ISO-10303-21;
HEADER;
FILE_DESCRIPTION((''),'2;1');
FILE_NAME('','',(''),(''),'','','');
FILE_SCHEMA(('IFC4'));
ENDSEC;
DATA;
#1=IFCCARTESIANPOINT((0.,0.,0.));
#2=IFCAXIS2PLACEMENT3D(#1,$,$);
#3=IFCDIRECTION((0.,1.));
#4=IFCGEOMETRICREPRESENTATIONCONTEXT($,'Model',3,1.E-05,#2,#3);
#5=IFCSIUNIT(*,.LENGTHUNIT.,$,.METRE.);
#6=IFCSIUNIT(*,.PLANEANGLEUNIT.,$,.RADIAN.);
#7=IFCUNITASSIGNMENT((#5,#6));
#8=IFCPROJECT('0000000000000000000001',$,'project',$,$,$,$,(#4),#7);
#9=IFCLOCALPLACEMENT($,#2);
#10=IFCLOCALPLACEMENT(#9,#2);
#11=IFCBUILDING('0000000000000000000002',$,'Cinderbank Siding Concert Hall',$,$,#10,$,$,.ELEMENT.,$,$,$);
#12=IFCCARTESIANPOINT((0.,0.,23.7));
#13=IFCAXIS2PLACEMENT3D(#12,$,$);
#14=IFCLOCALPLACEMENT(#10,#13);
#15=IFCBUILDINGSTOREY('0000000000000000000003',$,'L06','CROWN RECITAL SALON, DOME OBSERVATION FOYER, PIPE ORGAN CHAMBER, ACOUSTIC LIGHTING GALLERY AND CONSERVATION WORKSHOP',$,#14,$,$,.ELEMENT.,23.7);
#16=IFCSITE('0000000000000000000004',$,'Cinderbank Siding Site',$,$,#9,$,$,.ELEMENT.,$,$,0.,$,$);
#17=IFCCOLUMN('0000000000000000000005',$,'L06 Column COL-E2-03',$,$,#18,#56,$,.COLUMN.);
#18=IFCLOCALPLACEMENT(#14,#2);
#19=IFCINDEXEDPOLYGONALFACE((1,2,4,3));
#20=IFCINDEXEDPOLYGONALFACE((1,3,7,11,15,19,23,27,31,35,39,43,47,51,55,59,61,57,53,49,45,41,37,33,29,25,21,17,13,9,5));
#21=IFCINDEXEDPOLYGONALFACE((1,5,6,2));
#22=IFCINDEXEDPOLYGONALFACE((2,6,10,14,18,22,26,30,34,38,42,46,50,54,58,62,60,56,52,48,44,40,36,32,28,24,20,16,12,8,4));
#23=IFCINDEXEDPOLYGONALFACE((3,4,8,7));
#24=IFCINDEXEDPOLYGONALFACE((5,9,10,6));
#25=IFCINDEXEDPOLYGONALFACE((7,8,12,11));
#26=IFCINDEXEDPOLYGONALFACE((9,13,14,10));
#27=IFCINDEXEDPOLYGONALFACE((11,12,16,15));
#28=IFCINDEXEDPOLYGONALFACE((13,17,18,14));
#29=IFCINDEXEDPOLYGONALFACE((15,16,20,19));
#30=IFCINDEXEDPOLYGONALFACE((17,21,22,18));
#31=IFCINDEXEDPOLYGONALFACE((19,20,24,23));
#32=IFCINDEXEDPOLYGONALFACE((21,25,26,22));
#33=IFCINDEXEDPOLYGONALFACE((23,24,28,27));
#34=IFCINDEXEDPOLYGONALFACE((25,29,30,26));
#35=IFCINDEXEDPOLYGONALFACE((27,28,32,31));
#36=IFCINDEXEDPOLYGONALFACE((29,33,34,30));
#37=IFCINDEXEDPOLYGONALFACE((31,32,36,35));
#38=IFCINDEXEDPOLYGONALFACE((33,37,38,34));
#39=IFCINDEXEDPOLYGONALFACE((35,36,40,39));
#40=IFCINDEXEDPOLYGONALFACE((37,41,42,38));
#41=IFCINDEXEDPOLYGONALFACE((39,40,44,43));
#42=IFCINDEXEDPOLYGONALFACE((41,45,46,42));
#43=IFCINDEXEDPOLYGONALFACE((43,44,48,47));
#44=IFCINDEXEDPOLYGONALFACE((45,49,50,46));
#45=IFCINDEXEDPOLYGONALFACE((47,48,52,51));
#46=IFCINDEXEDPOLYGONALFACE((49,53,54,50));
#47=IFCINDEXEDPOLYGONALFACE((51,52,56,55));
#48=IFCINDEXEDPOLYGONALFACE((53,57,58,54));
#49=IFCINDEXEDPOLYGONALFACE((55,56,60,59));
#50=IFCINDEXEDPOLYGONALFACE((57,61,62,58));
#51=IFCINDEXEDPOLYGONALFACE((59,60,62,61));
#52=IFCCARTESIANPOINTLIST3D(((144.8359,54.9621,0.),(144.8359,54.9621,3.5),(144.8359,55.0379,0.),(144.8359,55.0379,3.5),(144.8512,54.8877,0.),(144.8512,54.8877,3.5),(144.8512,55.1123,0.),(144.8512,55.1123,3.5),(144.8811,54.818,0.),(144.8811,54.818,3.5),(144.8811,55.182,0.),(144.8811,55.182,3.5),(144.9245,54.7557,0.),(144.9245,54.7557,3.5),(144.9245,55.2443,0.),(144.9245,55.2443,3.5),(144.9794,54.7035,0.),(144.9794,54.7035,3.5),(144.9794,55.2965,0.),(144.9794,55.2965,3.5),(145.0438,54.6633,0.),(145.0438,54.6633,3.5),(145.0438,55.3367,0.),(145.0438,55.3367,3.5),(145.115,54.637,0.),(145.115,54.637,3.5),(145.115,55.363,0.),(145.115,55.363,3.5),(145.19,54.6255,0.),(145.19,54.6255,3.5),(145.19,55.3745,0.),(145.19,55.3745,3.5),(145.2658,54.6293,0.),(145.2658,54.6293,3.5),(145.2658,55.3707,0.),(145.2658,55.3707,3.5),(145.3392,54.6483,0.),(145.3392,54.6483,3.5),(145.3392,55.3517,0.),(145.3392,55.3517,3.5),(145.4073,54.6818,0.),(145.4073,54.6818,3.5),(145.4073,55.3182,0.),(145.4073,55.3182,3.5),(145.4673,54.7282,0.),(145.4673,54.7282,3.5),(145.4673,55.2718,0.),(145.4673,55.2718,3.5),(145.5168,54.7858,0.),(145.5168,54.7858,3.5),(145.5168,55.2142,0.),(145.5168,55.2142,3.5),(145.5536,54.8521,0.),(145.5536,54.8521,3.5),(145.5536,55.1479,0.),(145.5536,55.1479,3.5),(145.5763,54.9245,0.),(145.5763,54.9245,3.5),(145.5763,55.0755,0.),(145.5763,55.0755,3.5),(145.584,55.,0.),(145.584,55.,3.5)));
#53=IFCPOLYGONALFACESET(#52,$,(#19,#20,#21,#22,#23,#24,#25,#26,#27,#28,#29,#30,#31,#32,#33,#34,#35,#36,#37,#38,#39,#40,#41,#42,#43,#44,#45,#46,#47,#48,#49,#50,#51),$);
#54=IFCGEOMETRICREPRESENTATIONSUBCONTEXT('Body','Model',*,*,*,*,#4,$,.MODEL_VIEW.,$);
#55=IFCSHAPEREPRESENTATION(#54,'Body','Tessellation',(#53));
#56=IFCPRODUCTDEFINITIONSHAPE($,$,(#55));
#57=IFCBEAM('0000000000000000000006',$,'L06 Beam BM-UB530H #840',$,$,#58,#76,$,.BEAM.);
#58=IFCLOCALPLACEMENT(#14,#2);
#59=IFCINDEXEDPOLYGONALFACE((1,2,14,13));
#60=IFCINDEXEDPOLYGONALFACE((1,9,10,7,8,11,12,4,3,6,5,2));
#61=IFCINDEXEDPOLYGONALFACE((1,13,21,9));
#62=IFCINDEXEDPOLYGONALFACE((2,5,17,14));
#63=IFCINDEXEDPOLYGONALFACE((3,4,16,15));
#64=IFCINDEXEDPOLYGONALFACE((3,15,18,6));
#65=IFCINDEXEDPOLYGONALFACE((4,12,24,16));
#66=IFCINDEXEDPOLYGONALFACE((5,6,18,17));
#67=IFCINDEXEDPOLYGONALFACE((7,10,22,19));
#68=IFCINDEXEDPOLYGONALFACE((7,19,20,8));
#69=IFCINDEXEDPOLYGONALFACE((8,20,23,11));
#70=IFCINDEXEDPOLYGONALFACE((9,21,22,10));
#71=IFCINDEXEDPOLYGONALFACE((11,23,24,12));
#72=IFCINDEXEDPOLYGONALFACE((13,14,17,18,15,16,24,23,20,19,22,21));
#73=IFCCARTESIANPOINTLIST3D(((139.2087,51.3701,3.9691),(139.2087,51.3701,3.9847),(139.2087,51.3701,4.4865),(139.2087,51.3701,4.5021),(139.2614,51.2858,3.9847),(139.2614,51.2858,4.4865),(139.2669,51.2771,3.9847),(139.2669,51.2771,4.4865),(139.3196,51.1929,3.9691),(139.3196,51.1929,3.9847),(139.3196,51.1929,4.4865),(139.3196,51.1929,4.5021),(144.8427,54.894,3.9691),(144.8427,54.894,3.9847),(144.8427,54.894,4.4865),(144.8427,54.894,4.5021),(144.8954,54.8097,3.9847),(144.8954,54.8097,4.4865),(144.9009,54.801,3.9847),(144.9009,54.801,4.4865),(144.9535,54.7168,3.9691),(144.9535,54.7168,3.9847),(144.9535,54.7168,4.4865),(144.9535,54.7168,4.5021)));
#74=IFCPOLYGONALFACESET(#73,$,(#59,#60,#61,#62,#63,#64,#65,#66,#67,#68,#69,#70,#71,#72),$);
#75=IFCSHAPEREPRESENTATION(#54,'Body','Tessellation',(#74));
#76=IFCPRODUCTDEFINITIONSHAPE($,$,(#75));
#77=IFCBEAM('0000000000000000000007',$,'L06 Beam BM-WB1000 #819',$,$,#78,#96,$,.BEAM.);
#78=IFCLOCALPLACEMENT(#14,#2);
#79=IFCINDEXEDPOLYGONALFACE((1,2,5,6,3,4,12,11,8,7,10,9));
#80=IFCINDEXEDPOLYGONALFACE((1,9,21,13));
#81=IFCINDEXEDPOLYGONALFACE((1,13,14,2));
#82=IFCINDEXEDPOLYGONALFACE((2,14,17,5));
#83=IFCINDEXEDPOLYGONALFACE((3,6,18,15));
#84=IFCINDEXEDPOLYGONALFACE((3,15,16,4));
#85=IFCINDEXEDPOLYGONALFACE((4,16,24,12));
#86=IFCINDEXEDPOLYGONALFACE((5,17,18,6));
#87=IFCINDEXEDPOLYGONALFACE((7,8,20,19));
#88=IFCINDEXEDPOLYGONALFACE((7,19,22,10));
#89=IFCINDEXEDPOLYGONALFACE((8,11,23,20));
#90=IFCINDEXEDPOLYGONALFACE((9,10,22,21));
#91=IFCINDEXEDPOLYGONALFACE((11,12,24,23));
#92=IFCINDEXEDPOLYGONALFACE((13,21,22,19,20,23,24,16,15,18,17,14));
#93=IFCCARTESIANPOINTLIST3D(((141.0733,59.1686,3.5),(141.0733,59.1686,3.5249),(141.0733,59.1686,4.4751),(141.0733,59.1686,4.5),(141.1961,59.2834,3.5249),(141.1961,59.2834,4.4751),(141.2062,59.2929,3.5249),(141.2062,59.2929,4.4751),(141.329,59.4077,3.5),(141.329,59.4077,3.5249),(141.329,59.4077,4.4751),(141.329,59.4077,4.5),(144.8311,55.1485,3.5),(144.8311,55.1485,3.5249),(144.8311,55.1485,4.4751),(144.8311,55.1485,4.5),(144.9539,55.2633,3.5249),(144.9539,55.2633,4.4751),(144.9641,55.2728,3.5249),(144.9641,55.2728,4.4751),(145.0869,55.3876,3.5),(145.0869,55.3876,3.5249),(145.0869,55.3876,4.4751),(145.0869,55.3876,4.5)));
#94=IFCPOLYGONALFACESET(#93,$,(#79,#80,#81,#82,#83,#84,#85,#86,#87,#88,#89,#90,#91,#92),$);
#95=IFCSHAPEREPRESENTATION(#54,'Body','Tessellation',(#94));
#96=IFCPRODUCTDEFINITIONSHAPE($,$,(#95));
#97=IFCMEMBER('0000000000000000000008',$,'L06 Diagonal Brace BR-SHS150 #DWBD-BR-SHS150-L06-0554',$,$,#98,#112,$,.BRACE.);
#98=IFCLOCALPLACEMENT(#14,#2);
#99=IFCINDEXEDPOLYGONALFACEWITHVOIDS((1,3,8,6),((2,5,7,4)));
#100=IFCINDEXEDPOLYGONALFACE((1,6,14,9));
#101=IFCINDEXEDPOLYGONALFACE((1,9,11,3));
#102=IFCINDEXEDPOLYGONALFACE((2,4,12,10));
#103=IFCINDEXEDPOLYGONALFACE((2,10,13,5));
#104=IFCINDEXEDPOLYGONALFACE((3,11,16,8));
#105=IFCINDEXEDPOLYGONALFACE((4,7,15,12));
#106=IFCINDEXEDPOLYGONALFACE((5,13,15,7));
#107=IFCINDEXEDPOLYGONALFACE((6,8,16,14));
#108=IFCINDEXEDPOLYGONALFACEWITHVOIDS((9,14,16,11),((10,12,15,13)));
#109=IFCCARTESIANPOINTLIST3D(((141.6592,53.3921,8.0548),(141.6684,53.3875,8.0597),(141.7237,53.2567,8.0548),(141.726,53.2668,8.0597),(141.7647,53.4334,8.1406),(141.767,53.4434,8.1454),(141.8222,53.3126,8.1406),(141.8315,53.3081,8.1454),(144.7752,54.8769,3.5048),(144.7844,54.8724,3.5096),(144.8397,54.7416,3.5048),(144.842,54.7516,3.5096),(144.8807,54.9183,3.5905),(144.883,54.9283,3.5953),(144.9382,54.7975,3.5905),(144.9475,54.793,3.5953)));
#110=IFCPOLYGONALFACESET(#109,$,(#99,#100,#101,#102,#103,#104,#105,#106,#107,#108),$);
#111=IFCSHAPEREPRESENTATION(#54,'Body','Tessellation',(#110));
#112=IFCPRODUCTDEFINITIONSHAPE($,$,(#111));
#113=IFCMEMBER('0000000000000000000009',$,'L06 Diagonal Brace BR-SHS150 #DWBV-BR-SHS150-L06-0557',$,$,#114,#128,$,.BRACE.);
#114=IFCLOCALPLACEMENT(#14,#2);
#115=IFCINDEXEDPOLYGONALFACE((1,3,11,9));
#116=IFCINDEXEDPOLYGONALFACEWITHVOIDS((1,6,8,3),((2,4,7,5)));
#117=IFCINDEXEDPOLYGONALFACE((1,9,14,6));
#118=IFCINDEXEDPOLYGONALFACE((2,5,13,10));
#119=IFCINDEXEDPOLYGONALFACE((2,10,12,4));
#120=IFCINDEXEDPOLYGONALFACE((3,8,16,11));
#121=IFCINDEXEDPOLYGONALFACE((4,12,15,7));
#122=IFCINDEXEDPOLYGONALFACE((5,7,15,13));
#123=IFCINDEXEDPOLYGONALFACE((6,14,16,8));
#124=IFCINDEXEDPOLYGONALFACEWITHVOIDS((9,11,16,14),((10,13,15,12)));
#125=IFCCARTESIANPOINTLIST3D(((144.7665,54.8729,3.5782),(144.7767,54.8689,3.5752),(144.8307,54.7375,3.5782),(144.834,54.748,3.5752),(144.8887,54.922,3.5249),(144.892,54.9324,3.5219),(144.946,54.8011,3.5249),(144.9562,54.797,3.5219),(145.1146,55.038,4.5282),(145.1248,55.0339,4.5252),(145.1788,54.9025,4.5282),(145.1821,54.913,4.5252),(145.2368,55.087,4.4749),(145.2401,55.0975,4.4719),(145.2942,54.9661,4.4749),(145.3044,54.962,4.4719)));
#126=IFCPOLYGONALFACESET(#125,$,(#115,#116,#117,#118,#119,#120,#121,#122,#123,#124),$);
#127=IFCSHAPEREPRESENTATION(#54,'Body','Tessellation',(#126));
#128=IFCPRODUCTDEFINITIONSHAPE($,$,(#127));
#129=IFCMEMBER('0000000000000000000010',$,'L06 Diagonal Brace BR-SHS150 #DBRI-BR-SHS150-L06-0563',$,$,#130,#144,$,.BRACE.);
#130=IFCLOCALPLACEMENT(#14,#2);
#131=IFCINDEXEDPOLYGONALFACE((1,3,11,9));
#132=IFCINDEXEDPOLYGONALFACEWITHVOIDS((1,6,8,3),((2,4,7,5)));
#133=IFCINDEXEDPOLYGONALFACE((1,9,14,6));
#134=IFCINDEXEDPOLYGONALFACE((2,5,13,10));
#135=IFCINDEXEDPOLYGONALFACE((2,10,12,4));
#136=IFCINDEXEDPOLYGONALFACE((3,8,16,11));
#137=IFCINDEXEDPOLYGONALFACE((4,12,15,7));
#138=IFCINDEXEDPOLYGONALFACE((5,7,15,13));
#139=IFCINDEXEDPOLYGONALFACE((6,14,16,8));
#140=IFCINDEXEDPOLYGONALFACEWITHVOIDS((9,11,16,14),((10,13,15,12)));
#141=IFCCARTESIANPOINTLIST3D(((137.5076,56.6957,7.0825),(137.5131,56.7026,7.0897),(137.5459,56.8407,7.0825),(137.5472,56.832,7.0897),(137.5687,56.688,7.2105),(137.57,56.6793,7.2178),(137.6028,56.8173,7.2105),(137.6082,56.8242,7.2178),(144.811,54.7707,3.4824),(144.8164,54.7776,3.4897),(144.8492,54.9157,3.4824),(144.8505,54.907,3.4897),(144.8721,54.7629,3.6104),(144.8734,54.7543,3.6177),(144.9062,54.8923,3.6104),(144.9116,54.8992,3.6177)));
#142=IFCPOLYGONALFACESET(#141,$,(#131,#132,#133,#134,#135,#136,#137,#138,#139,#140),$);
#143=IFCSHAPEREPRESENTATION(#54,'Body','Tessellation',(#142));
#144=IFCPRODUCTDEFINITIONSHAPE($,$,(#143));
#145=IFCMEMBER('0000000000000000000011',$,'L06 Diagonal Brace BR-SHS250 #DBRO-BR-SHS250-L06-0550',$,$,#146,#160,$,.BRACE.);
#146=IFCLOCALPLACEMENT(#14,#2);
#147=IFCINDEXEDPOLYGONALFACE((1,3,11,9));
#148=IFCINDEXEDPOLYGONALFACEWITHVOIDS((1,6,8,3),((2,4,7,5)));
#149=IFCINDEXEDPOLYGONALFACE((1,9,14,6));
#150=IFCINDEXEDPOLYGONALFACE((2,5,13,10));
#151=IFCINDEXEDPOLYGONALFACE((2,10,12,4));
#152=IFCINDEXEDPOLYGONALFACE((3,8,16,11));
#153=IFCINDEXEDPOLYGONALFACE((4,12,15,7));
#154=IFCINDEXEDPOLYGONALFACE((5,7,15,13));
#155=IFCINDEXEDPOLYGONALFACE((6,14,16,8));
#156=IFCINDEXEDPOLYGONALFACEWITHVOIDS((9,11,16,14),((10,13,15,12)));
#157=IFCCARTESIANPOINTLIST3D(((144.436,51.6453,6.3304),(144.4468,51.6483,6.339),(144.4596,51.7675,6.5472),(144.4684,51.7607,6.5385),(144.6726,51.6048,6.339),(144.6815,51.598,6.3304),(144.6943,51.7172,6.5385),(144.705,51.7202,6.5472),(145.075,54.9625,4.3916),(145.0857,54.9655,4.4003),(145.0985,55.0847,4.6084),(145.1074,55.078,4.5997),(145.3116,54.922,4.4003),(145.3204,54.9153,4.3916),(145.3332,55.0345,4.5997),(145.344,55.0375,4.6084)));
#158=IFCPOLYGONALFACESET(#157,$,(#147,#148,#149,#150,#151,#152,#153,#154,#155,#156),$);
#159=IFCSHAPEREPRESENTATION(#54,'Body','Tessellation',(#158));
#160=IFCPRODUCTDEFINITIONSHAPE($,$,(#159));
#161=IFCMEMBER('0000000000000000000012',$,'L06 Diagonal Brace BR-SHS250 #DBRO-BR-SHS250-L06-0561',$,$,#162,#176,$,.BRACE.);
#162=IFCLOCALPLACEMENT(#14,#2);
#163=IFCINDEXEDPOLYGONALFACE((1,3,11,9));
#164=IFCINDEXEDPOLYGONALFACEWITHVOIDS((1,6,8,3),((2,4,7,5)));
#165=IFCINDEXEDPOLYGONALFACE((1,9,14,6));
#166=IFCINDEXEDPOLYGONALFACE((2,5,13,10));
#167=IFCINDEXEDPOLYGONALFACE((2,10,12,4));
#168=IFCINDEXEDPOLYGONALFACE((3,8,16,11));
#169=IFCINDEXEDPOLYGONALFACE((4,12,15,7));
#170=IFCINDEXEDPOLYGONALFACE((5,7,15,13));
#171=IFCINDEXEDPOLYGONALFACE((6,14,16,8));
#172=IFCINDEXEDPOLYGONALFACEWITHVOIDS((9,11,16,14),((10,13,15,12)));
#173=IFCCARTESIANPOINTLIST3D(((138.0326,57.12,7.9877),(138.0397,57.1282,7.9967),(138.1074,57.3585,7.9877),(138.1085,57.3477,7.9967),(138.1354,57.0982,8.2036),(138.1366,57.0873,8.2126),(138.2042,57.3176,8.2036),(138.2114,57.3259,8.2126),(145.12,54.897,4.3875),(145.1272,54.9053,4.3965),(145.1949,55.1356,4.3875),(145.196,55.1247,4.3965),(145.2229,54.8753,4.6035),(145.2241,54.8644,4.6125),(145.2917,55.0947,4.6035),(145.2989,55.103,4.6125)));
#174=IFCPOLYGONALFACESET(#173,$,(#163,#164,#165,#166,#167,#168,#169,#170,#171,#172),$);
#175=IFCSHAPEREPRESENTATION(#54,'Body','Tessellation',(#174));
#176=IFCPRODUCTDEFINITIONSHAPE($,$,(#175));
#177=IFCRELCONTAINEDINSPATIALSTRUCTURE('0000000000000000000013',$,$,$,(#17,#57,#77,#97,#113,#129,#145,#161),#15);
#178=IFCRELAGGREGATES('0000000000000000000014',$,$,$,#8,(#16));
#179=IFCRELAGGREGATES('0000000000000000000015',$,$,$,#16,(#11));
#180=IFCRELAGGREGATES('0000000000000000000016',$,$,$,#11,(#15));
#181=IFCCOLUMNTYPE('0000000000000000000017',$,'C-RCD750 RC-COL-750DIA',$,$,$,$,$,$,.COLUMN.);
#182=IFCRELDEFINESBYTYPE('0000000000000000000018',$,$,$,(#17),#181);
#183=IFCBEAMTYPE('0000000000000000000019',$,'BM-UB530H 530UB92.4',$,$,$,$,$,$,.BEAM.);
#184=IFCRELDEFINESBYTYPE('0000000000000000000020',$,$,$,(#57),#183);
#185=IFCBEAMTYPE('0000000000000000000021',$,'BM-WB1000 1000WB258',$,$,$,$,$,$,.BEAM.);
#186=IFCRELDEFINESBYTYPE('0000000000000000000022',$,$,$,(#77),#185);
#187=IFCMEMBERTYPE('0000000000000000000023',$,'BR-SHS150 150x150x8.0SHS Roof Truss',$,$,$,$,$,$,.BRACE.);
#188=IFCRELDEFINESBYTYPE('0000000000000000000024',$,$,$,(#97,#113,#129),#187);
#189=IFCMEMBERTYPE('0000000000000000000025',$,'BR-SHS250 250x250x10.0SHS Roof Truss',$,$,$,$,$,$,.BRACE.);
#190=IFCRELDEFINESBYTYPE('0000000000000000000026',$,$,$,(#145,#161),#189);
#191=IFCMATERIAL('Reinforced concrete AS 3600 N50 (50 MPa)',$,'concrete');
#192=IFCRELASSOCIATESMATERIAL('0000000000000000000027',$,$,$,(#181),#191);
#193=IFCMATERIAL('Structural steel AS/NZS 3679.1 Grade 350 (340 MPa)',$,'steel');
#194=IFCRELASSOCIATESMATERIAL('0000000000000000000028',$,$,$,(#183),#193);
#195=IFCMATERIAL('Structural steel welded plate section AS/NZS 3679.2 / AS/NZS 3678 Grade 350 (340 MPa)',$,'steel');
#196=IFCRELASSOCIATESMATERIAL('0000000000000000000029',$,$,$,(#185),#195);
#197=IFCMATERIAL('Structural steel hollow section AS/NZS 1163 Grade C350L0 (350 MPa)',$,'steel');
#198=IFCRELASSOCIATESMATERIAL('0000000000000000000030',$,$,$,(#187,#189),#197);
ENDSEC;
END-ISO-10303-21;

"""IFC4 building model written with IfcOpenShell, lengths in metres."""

from ifc_helpers import new_model, si_unit, direction, frame, origin, origin_2d, place, context, subcontext, project, spatial, hollow_rectangle, circle, i_section, extrude, material, material_profile, profile_set, type_object, element, save


model = new_model("IFC4")

# Units and contexts
model_context = context("Model", 3, precision=1e-05, world=origin(), true_north=direction((0.0, 1.0)))
body_context = subcontext(model_context, "Body", "Model", "MODEL_VIEW")
ifc_project = project(units=[si_unit("LENGTHUNIT", "METRE"), si_unit("PLANEANGLEUNIT", "RADIAN")], contexts=[model_context])

# Site, building, storey
site_placement = place(None, origin())
site = spatial("IfcSite", under=ifc_project, at=site_placement, Name="Cinderbank Siding Site", CompositionType="ELEMENT", RefElevation=0.0)
building_placement = place(site_placement, origin())
building = spatial("IfcBuilding", under=site, at=building_placement, Name="Cinderbank Siding Concert Hall", CompositionType="ELEMENT")
storey_placement = place(building_placement, frame((0.0, 0.0, 23.7)))
storey = spatial("IfcBuildingStorey", under=building, at=storey_placement, Name="L06", Description="CROWN RECITAL SALON, DOME OBSERVATION FOYER, PIPE ORGAN CHAMBER, ACOUSTIC LIGHTING GALLERY AND CONSERVATION WORKSHOP", CompositionType="ELEMENT", Elevation=23.7)

# Column
ifc_material_1 = material(Name="Reinforced concrete AS 3600 N50 (50 MPa)", Category="concrete")
ifc_material_profile_1 = material_profile(ifc_material_1, circle(Radius=0.375, at=origin_2d()), Name="RC-COL-750DIA", Category="LoadBearing")
ifc_profile_set_1 = profile_set([ifc_material_profile_1], Name="Reinforced concrete AS 3600 N50 (50 MPa)")
column_type = type_object("IfcColumnType", Name="C-RCD750 RC-COL-750DIA", PredefinedType="COLUMN", material=ifc_profile_set_1)
column_placement = place(storey_placement, frame((145.209, 55.0, 0.0), z_axis=(0.0, 0.0, 1.0), x_axis=(1.0, 0.0, 0.0)))
element("IfcColumn", 1, at=column_placement, inside=storey, type_object=column_type, Name="L06 Column COL-E2-03", PredefinedType="COLUMN", context=body_context, shape_type="SweptSolid", body=[
    extrude(circle(Radius=0.375, at=origin_2d()), origin(), (0.0, 0.0, 1.0), 3.5),
])

# Beams
ifc_material_2 = material(Name="Structural steel AS/NZS 3679.1 Grade 350 (340 MPa)", Category="steel")
ifc_material_profile_2 = material_profile(ifc_material_2, i_section(OverallWidth=0.209, OverallDepth=0.533, WebThickness=0.0103, FlangeThickness=0.0156, at=origin_2d()), Name="530UB92.4", Category="LoadBearing")
ifc_profile_set_2 = profile_set([ifc_material_profile_2], Name="Structural steel AS/NZS 3679.1 Grade 350 (340 MPa)")
beam_type_1 = type_object("IfcBeamType", Name="BM-UB530H 530UB92.4", PredefinedType="BEAM", material=ifc_profile_set_2)
beam_1_placement = place(storey_placement, frame((139.2642, 51.2815, 4.2356), z_axis=(0.847819, 0.530286, 0.0), x_axis=(-0.530286, 0.847819, 0.0)))
element("IfcBeam", 2, at=beam_1_placement, inside=storey, type_object=beam_type_1, Name="L06 Beam BM-UB530H #840", PredefinedType="BEAM", context=body_context, shape_type="SweptSolid", body=[
    extrude(i_section(OverallWidth=0.209, OverallDepth=0.533, WebThickness=0.0103, FlangeThickness=0.0156, at=origin_2d()), origin(), (0.0, 0.0, 1.0), 6.6453),
])
ifc_material_3 = material(Name="Structural steel welded plate section AS/NZS 3679.2 / AS/NZS 3678 Grade 350 (340 MPa)", Category="steel")
ifc_material_profile_3 = material_profile(ifc_material_3, i_section(OverallWidth=0.3501, OverallDepth=1.0, WebThickness=0.0139, FlangeThickness=0.0249, at=origin_2d()), Name="1000WB258", Category="LoadBearing")
ifc_profile_set_3 = profile_set([ifc_material_profile_3], Name="Structural steel welded plate section AS/NZS 3679.2 / AS/NZS 3678 Grade 350 (340 MPa)")
beam_type_2 = type_object("IfcBeamType", Name="BM-WB1000 1000WB258", PredefinedType="BEAM", material=ifc_profile_set_3)
beam_2_placement = place(storey_placement, frame((144.959, 55.2681, 4.0), z_axis=(-0.682881, 0.73053, 0.0), x_axis=(-0.73053, -0.682881, 0.0)))
element("IfcBeam", 3, at=beam_2_placement, inside=storey, type_object=beam_type_2, Name="L06 Beam BM-WB1000 #819", PredefinedType="BEAM", context=body_context, shape_type="SweptSolid", body=[
    extrude(i_section(OverallWidth=0.3501, OverallDepth=1.0, WebThickness=0.0139, FlangeThickness=0.0249, at=origin_2d()), origin(), (0.0, 0.0, 1.0), 5.5029),
])

# Members
ifc_material_4 = material(Name="Structural steel hollow section AS/NZS 1163 Grade C350L0 (350 MPa)", Category="steel")
ifc_material_profile_4 = material_profile(ifc_material_4, hollow_rectangle(XDim=0.1499, YDim=0.1499, WallThickness=0.0081, at=origin_2d()), Name="150x150x8.0SHS", Category="LoadBearing")
ifc_profile_set_4 = profile_set([ifc_material_profile_4], Name="Structural steel hollow section AS/NZS 1163 Grade C350L0 (350 MPa)")
member_type_1 = type_object("IfcMemberType", Name="BR-SHS150 150x150x8.0SHS Roof Truss", PredefinedType="BRACE", material=ifc_profile_set_4)
member_1_placement = place(storey_placement, frame((144.8613, 54.835, 3.55), z_axis=(-0.545595, -0.259995, 0.796698), x_axis=(0.430186, -0.90274, 0.0)))
element("IfcMember", 4, at=member_1_placement, inside=storey, type_object=member_type_1, Name="L06 Diagonal Brace BR-SHS150 #DWBD-BR-SHS150-L06-0554", PredefinedType="BRACE", context=body_context, shape_type="SweptSolid", body=[
    extrude(hollow_rectangle(XDim=0.1499, YDim=0.1499, WallThickness=0.0081, at=origin_2d()), origin(), (0.0, 0.0, 1.0), 5.7112),
])
member_2_placement = place(storey_placement, frame((144.8613, 54.835, 3.55), z_axis=(0.339617, 0.160997, 0.926683), x_axis=(-0.428359, 0.903609, 0.0)))
element("IfcMember", 5, at=member_2_placement, inside=storey, type_object=member_type_1, Name="L06 Diagonal Brace BR-SHS150 #DWBV-BR-SHS150-L06-0557", PredefinedType="BRACE", context=body_context, shape_type="SweptSolid", body=[
    extrude(hollow_rectangle(XDim=0.1499, YDim=0.1499, WallThickness=0.0081, at=origin_2d()), origin(), (0.0, 0.0, 1.0), 1.0251),
])
member_3_placement = place(storey_placement, frame((144.8613, 54.835, 3.55), z_axis=(-0.872887, 0.230076, 0.430272), x_axis=(-0.254875, -0.966974, 0.0)))
element("IfcMember", 6, at=member_3_placement, inside=storey, type_object=member_type_1, Name="L06 Diagonal Brace BR-SHS150 #DBRI-BR-SHS150-L06-0563", PredefinedType="BRACE", context=body_context, shape_type="SweptSolid", body=[
    extrude(hollow_rectangle(XDim=0.1499, YDim=0.1499, WallThickness=0.0081, at=origin_2d()), origin(), (0.0, 0.0, 1.0), 8.3669),
])
ifc_material_profile_5 = material_profile(ifc_material_4, hollow_rectangle(XDim=0.25, YDim=0.25, WallThickness=0.01, at=origin_2d()), Name="250x250x10.0SHS", Category="LoadBearing")
ifc_profile_set_5 = profile_set([ifc_material_profile_5], Name="Structural steel hollow section AS/NZS 1163 Grade C350L0 (350 MPa)")
member_type_2 = type_object("IfcMemberType", Name="BR-SHS250 250x250x10.0SHS Roof Truss", PredefinedType="BRACE", material=ifc_profile_set_5)
member_4_placement = place(storey_placement, frame((145.2095, 55.0, 4.5), z_axis=(-0.164039, -0.851662, 0.497759), x_axis=(0.981951, -0.189134, 0.0)))
element("IfcMember", 7, at=member_4_placement, inside=storey, type_object=member_type_2, Name="L06 Diagonal Brace BR-SHS250 #DBRO-BR-SHS250-L06-0550", PredefinedType="BRACE", context=body_context, shape_type="SweptSolid", body=[
    extrude(hollow_rectangle(XDim=0.25, YDim=0.25, WallThickness=0.01, at=origin_2d()), origin(), (0.0, 0.0, 1.0), 3.895),
])
member_5_placement = place(storey_placement, frame((145.2095, 55.0, 4.5), z_axis=(-0.858633, 0.269303, 0.436149), x_axis=(-0.299267, -0.954169, 0.0)))
element("IfcMember", 8, at=member_5_placement, inside=storey, type_object=member_type_2, Name="L06 Diagonal Brace BR-SHS250 #DBRO-BR-SHS250-L06-0561", PredefinedType="BRACE", context=body_context, shape_type="SweptSolid", body=[
    extrude(hollow_rectangle(XDim=0.25, YDim=0.25, WallThickness=0.01, at=origin_2d()), origin(), (0.0, 0.0, 1.0), 8.2544),
])

save(model, "model.ifc")
